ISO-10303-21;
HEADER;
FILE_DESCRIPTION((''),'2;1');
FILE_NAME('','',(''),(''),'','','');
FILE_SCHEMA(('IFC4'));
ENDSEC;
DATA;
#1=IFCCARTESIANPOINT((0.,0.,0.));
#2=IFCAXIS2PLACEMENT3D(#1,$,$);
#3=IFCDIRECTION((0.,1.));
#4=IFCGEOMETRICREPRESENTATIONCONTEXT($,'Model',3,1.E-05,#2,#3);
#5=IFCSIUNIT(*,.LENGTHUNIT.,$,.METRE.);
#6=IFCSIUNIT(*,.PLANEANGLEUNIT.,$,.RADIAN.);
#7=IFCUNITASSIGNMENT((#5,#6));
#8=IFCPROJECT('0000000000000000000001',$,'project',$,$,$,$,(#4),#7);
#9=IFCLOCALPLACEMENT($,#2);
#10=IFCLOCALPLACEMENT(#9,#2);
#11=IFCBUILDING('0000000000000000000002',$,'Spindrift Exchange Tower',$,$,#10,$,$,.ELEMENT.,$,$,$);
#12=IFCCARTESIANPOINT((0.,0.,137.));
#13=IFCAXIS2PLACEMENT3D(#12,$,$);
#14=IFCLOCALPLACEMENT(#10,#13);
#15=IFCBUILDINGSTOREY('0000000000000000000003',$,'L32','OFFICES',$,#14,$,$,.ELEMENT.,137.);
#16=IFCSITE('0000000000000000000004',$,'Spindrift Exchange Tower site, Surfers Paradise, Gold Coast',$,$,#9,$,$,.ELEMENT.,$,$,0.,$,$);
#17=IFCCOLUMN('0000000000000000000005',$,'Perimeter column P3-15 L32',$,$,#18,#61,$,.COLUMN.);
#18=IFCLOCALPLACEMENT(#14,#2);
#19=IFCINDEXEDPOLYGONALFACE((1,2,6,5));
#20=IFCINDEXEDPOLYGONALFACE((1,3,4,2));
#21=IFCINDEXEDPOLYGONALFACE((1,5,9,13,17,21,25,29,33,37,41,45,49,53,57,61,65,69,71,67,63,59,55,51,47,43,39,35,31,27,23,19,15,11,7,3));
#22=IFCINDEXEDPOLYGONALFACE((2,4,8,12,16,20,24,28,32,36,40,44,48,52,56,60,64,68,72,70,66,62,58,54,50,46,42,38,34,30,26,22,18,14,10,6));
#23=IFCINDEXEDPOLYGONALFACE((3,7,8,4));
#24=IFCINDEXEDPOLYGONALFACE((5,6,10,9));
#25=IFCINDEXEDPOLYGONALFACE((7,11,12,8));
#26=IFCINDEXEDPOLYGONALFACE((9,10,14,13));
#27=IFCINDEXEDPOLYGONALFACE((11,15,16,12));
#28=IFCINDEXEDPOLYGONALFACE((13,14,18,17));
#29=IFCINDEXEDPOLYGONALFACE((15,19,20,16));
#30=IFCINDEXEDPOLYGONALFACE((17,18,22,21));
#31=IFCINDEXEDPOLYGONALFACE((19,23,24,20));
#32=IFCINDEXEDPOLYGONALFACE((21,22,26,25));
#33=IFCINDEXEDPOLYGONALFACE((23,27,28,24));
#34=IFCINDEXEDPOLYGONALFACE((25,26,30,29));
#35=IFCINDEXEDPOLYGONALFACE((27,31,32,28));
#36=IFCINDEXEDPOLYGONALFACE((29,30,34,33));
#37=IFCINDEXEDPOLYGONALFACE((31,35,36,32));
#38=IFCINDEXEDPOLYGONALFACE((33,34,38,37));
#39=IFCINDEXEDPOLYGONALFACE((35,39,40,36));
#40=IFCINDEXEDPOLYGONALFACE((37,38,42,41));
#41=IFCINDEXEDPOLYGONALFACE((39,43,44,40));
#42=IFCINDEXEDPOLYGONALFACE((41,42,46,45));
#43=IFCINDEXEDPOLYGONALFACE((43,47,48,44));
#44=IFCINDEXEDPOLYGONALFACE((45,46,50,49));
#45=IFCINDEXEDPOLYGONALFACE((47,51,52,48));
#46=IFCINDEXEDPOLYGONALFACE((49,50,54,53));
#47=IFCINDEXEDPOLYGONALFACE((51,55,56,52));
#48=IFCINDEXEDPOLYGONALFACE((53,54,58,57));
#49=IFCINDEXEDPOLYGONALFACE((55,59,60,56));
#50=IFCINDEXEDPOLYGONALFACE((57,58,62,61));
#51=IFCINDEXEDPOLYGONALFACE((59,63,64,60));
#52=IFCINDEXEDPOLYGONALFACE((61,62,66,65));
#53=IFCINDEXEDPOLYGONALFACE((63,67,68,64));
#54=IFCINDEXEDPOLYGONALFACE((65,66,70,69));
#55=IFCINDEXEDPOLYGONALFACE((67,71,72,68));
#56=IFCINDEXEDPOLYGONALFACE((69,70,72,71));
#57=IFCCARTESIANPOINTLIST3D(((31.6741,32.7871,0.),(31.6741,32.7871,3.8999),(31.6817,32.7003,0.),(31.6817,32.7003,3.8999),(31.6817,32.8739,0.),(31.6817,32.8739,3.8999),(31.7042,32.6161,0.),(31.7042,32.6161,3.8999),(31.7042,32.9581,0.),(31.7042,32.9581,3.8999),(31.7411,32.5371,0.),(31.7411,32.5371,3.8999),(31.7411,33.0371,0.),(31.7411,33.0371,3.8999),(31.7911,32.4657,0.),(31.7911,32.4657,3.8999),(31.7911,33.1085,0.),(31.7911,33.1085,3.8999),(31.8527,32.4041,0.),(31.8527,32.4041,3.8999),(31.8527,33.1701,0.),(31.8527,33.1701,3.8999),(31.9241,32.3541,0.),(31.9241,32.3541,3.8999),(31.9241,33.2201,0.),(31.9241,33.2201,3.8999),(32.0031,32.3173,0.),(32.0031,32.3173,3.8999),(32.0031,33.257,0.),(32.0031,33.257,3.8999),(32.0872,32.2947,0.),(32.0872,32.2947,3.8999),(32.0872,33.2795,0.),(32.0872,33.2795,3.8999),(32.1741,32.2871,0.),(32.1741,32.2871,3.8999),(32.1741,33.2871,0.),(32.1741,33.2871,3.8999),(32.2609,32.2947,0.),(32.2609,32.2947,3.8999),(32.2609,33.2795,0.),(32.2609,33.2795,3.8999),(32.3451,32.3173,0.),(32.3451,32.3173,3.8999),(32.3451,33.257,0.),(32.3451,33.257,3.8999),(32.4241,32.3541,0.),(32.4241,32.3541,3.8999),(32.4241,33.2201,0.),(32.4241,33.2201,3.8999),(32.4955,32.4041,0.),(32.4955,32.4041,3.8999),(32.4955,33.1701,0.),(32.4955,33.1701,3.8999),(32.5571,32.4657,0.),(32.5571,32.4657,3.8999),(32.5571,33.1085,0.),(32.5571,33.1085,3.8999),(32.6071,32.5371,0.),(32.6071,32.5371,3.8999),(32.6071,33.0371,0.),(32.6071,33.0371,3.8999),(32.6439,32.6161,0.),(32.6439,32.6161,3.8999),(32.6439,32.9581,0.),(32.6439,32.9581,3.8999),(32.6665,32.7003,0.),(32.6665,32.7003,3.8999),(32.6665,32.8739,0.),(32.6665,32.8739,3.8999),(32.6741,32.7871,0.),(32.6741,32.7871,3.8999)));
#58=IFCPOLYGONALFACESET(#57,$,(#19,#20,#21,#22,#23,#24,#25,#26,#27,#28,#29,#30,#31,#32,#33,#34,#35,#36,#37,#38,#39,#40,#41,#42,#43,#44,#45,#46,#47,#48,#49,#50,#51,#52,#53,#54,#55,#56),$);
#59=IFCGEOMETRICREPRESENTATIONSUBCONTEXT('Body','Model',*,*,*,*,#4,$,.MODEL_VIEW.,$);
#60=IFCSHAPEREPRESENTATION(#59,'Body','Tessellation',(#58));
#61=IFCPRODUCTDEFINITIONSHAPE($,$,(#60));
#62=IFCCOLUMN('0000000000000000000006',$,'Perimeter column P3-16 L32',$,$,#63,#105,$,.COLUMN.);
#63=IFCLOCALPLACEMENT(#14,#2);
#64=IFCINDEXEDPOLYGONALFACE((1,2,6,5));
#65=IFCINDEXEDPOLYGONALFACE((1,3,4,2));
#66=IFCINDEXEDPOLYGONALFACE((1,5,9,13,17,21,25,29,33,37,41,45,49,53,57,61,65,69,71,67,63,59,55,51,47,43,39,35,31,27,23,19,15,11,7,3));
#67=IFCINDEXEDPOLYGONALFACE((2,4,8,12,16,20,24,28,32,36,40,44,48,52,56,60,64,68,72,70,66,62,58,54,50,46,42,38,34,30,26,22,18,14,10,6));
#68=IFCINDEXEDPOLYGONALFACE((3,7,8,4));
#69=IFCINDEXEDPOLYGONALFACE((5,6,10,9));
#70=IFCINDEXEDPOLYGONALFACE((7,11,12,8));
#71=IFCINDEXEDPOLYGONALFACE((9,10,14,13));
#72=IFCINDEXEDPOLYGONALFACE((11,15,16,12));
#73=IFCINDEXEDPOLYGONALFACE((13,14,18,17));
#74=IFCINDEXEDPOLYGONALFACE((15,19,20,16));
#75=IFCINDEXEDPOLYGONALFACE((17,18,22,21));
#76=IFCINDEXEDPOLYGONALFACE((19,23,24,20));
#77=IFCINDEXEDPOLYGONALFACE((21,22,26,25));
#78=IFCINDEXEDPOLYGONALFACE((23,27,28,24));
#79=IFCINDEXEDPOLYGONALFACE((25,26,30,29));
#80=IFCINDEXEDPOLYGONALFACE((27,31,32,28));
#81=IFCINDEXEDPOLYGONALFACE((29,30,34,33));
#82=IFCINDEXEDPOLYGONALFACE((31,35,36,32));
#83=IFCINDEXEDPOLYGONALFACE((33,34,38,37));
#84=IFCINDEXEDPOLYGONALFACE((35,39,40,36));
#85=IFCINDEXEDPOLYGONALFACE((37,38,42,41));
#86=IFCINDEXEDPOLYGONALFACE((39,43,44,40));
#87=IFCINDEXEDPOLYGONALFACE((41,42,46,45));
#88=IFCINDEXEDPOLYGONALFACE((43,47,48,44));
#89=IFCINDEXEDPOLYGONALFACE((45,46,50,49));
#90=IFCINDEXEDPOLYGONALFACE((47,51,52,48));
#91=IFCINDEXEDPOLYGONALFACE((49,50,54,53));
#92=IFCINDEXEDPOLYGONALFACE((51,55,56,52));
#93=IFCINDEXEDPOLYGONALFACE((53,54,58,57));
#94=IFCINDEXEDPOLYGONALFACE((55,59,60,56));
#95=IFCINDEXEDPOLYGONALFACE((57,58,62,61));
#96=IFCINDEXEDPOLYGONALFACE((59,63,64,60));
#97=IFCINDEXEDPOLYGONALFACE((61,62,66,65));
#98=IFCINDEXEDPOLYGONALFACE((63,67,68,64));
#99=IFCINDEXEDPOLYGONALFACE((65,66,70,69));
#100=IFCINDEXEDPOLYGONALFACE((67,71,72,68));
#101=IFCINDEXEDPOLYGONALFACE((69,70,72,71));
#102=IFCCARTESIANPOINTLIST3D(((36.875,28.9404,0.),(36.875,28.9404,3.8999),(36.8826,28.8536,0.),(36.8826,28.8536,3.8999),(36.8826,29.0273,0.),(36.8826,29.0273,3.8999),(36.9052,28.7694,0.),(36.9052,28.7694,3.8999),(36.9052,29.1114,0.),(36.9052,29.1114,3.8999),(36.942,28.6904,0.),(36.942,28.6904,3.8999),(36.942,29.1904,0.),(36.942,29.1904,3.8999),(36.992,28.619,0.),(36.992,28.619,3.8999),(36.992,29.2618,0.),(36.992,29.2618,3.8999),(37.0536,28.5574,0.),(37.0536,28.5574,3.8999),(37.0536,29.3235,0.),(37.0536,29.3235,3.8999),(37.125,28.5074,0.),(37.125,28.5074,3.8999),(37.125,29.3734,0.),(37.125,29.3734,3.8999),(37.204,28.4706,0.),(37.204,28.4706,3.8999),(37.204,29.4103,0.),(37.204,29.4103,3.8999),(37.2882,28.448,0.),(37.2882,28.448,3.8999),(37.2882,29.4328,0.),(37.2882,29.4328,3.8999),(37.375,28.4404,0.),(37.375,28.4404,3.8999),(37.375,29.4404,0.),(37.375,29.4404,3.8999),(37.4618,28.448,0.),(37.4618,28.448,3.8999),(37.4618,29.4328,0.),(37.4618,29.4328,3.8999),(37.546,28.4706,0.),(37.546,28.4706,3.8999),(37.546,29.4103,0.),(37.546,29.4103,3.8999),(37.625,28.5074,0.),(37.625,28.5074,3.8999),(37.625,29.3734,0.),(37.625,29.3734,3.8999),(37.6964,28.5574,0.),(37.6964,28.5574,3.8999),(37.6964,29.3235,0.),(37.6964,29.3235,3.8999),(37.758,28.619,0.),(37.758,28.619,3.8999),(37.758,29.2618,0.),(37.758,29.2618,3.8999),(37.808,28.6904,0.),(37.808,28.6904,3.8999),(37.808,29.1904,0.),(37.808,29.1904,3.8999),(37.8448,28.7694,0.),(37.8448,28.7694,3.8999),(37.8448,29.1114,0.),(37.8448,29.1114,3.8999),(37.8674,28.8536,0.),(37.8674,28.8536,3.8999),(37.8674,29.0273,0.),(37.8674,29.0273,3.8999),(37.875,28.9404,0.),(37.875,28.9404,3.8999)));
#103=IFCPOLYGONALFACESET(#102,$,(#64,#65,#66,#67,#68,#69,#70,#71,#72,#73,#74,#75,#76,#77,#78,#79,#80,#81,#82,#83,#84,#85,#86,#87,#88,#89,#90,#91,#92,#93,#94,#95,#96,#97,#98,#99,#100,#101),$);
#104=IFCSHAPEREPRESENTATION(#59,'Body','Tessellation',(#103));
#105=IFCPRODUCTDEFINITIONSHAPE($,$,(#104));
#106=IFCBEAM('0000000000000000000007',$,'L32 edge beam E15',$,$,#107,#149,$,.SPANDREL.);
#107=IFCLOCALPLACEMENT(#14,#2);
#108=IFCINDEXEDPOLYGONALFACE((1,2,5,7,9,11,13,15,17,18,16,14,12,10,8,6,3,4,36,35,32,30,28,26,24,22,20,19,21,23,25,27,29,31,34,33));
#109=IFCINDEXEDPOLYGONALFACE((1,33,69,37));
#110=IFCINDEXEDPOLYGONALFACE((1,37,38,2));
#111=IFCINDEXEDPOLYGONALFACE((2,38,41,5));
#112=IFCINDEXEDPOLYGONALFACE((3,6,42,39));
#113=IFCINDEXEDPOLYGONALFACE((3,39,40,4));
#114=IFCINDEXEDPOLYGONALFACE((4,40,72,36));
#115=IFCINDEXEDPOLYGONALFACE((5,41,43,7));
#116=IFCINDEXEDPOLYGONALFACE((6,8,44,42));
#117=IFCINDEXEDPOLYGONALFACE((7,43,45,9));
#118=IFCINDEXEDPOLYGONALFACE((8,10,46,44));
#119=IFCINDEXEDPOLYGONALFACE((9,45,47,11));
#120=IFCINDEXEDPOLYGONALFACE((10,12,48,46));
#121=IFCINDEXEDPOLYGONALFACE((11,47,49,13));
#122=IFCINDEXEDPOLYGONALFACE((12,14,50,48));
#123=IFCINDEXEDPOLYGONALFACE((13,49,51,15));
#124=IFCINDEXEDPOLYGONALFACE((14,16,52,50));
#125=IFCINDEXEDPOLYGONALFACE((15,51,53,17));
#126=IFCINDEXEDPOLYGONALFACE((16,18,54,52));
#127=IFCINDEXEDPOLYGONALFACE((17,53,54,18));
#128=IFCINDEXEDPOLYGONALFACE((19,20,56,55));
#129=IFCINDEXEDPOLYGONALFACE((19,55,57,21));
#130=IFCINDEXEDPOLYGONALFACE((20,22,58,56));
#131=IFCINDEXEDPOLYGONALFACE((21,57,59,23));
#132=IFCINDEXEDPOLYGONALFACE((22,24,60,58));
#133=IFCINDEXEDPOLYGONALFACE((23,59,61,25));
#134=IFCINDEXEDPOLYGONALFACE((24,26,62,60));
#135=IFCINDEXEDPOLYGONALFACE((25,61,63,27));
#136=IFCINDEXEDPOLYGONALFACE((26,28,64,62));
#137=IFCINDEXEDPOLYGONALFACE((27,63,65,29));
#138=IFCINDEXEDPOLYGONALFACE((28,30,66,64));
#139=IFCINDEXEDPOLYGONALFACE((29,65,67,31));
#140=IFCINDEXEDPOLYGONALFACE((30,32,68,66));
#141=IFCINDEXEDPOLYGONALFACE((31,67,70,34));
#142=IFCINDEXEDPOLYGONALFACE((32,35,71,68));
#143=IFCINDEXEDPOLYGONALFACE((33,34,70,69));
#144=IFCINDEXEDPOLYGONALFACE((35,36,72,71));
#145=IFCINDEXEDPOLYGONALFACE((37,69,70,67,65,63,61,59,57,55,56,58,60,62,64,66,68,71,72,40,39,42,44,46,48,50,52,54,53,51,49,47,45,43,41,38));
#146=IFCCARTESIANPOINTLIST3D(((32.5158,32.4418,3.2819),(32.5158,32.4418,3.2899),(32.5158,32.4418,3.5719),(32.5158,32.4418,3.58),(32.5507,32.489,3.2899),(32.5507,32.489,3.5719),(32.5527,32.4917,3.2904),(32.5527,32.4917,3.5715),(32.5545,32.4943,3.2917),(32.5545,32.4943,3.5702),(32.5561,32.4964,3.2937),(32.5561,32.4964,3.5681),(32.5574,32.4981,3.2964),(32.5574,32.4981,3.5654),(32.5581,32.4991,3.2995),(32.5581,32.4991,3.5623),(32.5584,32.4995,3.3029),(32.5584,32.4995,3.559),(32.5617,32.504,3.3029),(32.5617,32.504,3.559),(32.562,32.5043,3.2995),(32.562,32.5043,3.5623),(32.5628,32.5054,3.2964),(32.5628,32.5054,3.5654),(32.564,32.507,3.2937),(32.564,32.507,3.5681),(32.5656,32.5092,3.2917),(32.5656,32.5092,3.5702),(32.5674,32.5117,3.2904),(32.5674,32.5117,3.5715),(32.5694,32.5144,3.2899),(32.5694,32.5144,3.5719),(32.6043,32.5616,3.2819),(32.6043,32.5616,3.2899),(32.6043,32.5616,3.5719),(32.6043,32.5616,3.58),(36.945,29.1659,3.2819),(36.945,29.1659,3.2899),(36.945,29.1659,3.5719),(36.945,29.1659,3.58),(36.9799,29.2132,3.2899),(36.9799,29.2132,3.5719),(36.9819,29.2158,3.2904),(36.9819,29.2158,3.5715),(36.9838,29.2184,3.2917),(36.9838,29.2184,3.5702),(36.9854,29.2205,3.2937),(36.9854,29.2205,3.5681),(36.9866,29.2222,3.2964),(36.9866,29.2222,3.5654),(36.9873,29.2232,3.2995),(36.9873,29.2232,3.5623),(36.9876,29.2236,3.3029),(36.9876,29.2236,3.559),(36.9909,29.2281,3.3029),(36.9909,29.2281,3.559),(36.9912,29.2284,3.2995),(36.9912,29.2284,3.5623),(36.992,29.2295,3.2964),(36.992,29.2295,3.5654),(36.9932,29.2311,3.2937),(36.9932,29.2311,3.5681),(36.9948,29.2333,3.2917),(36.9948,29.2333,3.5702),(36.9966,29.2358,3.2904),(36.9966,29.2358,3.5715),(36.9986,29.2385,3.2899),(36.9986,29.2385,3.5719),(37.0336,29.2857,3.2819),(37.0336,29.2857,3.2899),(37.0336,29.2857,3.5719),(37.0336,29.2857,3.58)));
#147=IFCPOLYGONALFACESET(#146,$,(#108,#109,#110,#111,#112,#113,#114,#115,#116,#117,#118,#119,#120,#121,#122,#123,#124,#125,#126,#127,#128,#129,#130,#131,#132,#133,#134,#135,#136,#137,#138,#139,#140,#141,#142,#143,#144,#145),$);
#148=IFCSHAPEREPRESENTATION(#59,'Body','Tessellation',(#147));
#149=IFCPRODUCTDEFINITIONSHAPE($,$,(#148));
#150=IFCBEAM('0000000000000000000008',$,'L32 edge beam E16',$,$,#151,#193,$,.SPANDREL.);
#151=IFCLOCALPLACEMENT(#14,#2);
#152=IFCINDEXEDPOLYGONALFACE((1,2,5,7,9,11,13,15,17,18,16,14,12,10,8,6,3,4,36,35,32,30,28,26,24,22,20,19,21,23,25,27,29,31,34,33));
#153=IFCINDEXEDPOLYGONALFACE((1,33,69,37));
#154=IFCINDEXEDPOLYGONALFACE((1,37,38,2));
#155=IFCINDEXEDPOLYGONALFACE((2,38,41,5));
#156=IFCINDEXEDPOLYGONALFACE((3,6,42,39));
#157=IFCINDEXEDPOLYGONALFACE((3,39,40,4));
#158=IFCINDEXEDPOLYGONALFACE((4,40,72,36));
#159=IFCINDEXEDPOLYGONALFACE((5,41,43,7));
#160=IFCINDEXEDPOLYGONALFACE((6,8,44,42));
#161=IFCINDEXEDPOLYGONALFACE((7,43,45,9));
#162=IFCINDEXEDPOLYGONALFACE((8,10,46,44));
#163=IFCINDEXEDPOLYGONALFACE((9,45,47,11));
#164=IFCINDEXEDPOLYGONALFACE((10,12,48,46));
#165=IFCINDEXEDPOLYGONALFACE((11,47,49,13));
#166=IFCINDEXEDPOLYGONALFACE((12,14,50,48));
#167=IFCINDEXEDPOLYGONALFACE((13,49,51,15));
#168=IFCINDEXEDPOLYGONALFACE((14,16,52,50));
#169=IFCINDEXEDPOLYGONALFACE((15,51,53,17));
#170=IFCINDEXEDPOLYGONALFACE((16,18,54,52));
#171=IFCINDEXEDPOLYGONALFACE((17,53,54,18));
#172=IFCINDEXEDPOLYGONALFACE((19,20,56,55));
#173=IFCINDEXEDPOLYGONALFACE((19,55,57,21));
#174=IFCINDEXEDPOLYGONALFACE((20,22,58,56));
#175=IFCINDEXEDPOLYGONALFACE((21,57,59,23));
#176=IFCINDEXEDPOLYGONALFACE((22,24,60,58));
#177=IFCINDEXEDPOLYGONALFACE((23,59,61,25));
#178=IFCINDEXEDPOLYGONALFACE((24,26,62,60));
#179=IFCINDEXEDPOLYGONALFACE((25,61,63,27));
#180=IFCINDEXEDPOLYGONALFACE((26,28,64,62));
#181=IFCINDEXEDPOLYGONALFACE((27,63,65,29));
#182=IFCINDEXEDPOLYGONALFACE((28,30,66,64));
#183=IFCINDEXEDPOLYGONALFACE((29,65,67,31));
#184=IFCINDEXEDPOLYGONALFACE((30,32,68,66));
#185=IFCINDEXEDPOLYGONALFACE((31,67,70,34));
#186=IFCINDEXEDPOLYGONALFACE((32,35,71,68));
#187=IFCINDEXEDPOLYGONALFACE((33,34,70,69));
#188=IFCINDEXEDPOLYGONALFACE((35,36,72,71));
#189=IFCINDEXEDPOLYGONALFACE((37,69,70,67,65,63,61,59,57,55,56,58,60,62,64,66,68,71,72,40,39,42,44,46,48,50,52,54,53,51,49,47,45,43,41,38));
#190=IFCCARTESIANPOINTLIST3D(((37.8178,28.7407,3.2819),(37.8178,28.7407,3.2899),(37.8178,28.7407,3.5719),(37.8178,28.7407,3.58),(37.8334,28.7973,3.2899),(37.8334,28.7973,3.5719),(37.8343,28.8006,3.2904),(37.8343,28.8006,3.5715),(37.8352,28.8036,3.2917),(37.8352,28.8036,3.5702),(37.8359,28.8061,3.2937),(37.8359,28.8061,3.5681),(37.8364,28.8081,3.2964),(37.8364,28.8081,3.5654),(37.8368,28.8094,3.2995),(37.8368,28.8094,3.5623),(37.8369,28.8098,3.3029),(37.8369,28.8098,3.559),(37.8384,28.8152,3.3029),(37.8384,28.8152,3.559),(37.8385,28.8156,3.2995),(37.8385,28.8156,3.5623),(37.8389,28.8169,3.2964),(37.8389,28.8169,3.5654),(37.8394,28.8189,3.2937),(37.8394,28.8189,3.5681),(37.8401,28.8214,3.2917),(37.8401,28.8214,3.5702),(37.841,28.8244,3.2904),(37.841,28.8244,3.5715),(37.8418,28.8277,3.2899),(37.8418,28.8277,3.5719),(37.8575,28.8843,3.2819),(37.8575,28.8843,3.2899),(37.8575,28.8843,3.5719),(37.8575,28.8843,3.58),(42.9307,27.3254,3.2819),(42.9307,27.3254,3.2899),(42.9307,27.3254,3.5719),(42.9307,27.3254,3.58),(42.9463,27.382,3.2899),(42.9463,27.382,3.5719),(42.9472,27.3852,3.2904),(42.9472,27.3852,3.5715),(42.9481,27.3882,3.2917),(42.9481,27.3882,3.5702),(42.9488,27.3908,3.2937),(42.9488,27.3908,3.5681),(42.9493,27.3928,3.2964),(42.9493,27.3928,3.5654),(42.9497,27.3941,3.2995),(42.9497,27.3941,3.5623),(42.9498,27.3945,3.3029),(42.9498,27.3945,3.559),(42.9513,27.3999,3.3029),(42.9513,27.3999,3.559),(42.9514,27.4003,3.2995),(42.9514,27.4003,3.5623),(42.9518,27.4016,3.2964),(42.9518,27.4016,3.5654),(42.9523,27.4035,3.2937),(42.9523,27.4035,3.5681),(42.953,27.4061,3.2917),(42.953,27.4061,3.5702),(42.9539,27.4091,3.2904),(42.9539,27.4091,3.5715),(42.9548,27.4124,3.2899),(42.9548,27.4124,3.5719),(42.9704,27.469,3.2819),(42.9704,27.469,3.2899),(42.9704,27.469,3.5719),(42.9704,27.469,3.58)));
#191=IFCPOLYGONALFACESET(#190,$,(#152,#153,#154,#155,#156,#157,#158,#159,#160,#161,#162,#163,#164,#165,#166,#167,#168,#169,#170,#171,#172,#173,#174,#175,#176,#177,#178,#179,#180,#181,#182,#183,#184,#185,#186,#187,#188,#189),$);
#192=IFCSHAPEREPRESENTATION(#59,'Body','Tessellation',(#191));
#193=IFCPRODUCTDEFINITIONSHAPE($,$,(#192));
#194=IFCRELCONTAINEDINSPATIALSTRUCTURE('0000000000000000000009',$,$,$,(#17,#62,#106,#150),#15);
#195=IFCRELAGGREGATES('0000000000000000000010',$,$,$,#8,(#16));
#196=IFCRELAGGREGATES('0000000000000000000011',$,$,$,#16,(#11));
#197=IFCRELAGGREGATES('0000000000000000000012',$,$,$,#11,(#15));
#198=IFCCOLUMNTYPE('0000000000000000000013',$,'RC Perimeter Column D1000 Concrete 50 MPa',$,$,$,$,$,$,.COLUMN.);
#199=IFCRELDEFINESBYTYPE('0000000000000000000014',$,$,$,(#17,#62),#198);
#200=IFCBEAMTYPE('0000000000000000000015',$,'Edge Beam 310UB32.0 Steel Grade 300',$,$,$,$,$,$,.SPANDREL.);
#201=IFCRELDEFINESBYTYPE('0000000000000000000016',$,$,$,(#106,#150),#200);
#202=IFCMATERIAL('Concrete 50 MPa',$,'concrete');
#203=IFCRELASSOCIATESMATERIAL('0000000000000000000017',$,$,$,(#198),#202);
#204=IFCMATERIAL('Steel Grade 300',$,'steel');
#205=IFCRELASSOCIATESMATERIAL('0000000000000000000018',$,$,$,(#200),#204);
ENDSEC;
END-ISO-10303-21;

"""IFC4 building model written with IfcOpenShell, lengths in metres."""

from ifc_helpers import new_model, si_unit, direction, frame, origin, origin_2d, place, context, subcontext, project, spatial, circle, i_section, extrude, source, transform, mapped, material, material_profile, profile_set, type_object, element, save


model = new_model("IFC4")

# Units and contexts
model_context = context("Model", 3, precision=1e-05, world=origin(), true_north=direction((0.0, 1.0)))
body_context = subcontext(model_context, "Body", "Model", "MODEL_VIEW")
ifc_project = project(units=[si_unit("LENGTHUNIT", "METRE"), si_unit("PLANEANGLEUNIT", "RADIAN")], contexts=[model_context])

# Site, building, storey
site_placement = place(None, origin())
site = spatial("IfcSite", under=ifc_project, at=site_placement, Name="Spindrift Exchange Tower site, Surfers Paradise, Gold Coast", CompositionType="ELEMENT", RefElevation=0.0)
building_placement = place(site_placement, origin())
building = spatial("IfcBuilding", under=site, at=building_placement, Name="Spindrift Exchange Tower", CompositionType="ELEMENT")
storey_placement = place(building_placement, frame((0.0, 0.0, 137.0)))
storey = spatial("IfcBuildingStorey", under=building, at=storey_placement, Name="L32", Description="OFFICES", CompositionType="ELEMENT", Elevation=137.0)

# Columns
ifc_material_1 = material(Name="Concrete 50 MPa", Category="concrete")
ifc_material_profile_1 = material_profile(ifc_material_1, circle(Radius=0.5, at=origin_2d()), Name="RC D1000")
ifc_profile_set_1 = profile_set([ifc_material_profile_1], Name="Concrete 50 MPa")
column_type = type_object("IfcColumnType", Name="RC Perimeter Column D1000 Concrete 50 MPa", PredefinedType="COLUMN", material=ifc_profile_set_1)
shared_shape_1 = source(origin(), body_context, "Body", "SweptSolid", [
    extrude(circle(Radius=0.5, at=origin_2d()), origin(), (0.0, 0.0, 1.0), 3.8999),
])
for number, where, z_axis, x_axis, name in (
    (1, (32.1741, 32.7871, 0.0), (0.0, 0.0, 1.0), (1.0, 0.0, 0.0), "Perimeter column P3-15 L32"),
    (2, (37.375, 28.9404, 0.0), (0.0, 0.0, 1.0), (1.0, 0.0, 0.0), "Perimeter column P3-16 L32"),
):
    element("IfcColumn", number, at=place(storey_placement, frame(where, z_axis=z_axis, x_axis=x_axis)), inside=storey, type_object=column_type, Name=name, PredefinedType="COLUMN", context=body_context, shape_type="MappedRepresentation", body=[
        mapped(shared_shape_1, transform((0.0, 0.0, 0.0), scale=1.0)),
    ])

# Beams
ifc_material_2 = material(Name="Steel Grade 300", Category="steel")
ifc_material_profile_2 = material_profile(ifc_material_2, i_section(OverallWidth=0.1489, OverallDepth=0.2981, WebThickness=0.0056, FlangeThickness=0.0081, FilletRadius=0.0129, at=origin_2d()), Name="310UB32.0")
ifc_profile_set_2 = profile_set([ifc_material_profile_2], Name="Steel Grade 300")
beam_type_1 = type_object("IfcBeamType", Name="Edge Beam 310UB32.0 Steel Grade 300", PredefinedType="SPANDREL", material=ifc_profile_set_2)
shared_shape_2 = source(origin(), body_context, "Body", "SweptSolid", [
    extrude(i_section(OverallWidth=0.1489, OverallDepth=0.2981, WebThickness=0.0056, FlangeThickness=0.0081, FilletRadius=0.0129, at=origin_2d()), origin(), (0.0, 0.0, 1.0), 5.509),
])
beam_1_placement = place(storey_placement, frame((32.5601, 32.5017, 3.4309), z_axis=(0.803992, -0.59464, 0.0), x_axis=(0.59464, 0.803992, 0.0)))
element("IfcBeam", 3, at=beam_1_placement, inside=storey, type_object=beam_type_1, Name="L32 edge beam E15", PredefinedType="SPANDREL", context=body_context, shape_type="MappedRepresentation", body=[
    mapped(shared_shape_2, transform((0.0, 0.0, 0.0), scale=1.0)),
])
shared_shape_3 = source(origin(), body_context, "Body", "SweptSolid", [
    extrude(i_section(OverallWidth=0.1489, OverallDepth=0.2981, WebThickness=0.0056, FlangeThickness=0.0081, FilletRadius=0.0129, at=origin_2d()), origin(), (0.0, 0.0, 1.0), 5.3052),
])
beam_2_placement = place(storey_placement, frame((37.8376, 28.8125, 3.4309), z_axis=(0.963758, -0.26678, 0.0), x_axis=(0.26678, 0.963758, 0.0)))
element("IfcBeam", 4, at=beam_2_placement, inside=storey, type_object=beam_type_1, Name="L32 edge beam E16", PredefinedType="SPANDREL", context=body_context, shape_type="MappedRepresentation", body=[
    mapped(shared_shape_3, transform((0.0, 0.0, 0.0), scale=1.0)),
])

save(model, "model.ifc")
